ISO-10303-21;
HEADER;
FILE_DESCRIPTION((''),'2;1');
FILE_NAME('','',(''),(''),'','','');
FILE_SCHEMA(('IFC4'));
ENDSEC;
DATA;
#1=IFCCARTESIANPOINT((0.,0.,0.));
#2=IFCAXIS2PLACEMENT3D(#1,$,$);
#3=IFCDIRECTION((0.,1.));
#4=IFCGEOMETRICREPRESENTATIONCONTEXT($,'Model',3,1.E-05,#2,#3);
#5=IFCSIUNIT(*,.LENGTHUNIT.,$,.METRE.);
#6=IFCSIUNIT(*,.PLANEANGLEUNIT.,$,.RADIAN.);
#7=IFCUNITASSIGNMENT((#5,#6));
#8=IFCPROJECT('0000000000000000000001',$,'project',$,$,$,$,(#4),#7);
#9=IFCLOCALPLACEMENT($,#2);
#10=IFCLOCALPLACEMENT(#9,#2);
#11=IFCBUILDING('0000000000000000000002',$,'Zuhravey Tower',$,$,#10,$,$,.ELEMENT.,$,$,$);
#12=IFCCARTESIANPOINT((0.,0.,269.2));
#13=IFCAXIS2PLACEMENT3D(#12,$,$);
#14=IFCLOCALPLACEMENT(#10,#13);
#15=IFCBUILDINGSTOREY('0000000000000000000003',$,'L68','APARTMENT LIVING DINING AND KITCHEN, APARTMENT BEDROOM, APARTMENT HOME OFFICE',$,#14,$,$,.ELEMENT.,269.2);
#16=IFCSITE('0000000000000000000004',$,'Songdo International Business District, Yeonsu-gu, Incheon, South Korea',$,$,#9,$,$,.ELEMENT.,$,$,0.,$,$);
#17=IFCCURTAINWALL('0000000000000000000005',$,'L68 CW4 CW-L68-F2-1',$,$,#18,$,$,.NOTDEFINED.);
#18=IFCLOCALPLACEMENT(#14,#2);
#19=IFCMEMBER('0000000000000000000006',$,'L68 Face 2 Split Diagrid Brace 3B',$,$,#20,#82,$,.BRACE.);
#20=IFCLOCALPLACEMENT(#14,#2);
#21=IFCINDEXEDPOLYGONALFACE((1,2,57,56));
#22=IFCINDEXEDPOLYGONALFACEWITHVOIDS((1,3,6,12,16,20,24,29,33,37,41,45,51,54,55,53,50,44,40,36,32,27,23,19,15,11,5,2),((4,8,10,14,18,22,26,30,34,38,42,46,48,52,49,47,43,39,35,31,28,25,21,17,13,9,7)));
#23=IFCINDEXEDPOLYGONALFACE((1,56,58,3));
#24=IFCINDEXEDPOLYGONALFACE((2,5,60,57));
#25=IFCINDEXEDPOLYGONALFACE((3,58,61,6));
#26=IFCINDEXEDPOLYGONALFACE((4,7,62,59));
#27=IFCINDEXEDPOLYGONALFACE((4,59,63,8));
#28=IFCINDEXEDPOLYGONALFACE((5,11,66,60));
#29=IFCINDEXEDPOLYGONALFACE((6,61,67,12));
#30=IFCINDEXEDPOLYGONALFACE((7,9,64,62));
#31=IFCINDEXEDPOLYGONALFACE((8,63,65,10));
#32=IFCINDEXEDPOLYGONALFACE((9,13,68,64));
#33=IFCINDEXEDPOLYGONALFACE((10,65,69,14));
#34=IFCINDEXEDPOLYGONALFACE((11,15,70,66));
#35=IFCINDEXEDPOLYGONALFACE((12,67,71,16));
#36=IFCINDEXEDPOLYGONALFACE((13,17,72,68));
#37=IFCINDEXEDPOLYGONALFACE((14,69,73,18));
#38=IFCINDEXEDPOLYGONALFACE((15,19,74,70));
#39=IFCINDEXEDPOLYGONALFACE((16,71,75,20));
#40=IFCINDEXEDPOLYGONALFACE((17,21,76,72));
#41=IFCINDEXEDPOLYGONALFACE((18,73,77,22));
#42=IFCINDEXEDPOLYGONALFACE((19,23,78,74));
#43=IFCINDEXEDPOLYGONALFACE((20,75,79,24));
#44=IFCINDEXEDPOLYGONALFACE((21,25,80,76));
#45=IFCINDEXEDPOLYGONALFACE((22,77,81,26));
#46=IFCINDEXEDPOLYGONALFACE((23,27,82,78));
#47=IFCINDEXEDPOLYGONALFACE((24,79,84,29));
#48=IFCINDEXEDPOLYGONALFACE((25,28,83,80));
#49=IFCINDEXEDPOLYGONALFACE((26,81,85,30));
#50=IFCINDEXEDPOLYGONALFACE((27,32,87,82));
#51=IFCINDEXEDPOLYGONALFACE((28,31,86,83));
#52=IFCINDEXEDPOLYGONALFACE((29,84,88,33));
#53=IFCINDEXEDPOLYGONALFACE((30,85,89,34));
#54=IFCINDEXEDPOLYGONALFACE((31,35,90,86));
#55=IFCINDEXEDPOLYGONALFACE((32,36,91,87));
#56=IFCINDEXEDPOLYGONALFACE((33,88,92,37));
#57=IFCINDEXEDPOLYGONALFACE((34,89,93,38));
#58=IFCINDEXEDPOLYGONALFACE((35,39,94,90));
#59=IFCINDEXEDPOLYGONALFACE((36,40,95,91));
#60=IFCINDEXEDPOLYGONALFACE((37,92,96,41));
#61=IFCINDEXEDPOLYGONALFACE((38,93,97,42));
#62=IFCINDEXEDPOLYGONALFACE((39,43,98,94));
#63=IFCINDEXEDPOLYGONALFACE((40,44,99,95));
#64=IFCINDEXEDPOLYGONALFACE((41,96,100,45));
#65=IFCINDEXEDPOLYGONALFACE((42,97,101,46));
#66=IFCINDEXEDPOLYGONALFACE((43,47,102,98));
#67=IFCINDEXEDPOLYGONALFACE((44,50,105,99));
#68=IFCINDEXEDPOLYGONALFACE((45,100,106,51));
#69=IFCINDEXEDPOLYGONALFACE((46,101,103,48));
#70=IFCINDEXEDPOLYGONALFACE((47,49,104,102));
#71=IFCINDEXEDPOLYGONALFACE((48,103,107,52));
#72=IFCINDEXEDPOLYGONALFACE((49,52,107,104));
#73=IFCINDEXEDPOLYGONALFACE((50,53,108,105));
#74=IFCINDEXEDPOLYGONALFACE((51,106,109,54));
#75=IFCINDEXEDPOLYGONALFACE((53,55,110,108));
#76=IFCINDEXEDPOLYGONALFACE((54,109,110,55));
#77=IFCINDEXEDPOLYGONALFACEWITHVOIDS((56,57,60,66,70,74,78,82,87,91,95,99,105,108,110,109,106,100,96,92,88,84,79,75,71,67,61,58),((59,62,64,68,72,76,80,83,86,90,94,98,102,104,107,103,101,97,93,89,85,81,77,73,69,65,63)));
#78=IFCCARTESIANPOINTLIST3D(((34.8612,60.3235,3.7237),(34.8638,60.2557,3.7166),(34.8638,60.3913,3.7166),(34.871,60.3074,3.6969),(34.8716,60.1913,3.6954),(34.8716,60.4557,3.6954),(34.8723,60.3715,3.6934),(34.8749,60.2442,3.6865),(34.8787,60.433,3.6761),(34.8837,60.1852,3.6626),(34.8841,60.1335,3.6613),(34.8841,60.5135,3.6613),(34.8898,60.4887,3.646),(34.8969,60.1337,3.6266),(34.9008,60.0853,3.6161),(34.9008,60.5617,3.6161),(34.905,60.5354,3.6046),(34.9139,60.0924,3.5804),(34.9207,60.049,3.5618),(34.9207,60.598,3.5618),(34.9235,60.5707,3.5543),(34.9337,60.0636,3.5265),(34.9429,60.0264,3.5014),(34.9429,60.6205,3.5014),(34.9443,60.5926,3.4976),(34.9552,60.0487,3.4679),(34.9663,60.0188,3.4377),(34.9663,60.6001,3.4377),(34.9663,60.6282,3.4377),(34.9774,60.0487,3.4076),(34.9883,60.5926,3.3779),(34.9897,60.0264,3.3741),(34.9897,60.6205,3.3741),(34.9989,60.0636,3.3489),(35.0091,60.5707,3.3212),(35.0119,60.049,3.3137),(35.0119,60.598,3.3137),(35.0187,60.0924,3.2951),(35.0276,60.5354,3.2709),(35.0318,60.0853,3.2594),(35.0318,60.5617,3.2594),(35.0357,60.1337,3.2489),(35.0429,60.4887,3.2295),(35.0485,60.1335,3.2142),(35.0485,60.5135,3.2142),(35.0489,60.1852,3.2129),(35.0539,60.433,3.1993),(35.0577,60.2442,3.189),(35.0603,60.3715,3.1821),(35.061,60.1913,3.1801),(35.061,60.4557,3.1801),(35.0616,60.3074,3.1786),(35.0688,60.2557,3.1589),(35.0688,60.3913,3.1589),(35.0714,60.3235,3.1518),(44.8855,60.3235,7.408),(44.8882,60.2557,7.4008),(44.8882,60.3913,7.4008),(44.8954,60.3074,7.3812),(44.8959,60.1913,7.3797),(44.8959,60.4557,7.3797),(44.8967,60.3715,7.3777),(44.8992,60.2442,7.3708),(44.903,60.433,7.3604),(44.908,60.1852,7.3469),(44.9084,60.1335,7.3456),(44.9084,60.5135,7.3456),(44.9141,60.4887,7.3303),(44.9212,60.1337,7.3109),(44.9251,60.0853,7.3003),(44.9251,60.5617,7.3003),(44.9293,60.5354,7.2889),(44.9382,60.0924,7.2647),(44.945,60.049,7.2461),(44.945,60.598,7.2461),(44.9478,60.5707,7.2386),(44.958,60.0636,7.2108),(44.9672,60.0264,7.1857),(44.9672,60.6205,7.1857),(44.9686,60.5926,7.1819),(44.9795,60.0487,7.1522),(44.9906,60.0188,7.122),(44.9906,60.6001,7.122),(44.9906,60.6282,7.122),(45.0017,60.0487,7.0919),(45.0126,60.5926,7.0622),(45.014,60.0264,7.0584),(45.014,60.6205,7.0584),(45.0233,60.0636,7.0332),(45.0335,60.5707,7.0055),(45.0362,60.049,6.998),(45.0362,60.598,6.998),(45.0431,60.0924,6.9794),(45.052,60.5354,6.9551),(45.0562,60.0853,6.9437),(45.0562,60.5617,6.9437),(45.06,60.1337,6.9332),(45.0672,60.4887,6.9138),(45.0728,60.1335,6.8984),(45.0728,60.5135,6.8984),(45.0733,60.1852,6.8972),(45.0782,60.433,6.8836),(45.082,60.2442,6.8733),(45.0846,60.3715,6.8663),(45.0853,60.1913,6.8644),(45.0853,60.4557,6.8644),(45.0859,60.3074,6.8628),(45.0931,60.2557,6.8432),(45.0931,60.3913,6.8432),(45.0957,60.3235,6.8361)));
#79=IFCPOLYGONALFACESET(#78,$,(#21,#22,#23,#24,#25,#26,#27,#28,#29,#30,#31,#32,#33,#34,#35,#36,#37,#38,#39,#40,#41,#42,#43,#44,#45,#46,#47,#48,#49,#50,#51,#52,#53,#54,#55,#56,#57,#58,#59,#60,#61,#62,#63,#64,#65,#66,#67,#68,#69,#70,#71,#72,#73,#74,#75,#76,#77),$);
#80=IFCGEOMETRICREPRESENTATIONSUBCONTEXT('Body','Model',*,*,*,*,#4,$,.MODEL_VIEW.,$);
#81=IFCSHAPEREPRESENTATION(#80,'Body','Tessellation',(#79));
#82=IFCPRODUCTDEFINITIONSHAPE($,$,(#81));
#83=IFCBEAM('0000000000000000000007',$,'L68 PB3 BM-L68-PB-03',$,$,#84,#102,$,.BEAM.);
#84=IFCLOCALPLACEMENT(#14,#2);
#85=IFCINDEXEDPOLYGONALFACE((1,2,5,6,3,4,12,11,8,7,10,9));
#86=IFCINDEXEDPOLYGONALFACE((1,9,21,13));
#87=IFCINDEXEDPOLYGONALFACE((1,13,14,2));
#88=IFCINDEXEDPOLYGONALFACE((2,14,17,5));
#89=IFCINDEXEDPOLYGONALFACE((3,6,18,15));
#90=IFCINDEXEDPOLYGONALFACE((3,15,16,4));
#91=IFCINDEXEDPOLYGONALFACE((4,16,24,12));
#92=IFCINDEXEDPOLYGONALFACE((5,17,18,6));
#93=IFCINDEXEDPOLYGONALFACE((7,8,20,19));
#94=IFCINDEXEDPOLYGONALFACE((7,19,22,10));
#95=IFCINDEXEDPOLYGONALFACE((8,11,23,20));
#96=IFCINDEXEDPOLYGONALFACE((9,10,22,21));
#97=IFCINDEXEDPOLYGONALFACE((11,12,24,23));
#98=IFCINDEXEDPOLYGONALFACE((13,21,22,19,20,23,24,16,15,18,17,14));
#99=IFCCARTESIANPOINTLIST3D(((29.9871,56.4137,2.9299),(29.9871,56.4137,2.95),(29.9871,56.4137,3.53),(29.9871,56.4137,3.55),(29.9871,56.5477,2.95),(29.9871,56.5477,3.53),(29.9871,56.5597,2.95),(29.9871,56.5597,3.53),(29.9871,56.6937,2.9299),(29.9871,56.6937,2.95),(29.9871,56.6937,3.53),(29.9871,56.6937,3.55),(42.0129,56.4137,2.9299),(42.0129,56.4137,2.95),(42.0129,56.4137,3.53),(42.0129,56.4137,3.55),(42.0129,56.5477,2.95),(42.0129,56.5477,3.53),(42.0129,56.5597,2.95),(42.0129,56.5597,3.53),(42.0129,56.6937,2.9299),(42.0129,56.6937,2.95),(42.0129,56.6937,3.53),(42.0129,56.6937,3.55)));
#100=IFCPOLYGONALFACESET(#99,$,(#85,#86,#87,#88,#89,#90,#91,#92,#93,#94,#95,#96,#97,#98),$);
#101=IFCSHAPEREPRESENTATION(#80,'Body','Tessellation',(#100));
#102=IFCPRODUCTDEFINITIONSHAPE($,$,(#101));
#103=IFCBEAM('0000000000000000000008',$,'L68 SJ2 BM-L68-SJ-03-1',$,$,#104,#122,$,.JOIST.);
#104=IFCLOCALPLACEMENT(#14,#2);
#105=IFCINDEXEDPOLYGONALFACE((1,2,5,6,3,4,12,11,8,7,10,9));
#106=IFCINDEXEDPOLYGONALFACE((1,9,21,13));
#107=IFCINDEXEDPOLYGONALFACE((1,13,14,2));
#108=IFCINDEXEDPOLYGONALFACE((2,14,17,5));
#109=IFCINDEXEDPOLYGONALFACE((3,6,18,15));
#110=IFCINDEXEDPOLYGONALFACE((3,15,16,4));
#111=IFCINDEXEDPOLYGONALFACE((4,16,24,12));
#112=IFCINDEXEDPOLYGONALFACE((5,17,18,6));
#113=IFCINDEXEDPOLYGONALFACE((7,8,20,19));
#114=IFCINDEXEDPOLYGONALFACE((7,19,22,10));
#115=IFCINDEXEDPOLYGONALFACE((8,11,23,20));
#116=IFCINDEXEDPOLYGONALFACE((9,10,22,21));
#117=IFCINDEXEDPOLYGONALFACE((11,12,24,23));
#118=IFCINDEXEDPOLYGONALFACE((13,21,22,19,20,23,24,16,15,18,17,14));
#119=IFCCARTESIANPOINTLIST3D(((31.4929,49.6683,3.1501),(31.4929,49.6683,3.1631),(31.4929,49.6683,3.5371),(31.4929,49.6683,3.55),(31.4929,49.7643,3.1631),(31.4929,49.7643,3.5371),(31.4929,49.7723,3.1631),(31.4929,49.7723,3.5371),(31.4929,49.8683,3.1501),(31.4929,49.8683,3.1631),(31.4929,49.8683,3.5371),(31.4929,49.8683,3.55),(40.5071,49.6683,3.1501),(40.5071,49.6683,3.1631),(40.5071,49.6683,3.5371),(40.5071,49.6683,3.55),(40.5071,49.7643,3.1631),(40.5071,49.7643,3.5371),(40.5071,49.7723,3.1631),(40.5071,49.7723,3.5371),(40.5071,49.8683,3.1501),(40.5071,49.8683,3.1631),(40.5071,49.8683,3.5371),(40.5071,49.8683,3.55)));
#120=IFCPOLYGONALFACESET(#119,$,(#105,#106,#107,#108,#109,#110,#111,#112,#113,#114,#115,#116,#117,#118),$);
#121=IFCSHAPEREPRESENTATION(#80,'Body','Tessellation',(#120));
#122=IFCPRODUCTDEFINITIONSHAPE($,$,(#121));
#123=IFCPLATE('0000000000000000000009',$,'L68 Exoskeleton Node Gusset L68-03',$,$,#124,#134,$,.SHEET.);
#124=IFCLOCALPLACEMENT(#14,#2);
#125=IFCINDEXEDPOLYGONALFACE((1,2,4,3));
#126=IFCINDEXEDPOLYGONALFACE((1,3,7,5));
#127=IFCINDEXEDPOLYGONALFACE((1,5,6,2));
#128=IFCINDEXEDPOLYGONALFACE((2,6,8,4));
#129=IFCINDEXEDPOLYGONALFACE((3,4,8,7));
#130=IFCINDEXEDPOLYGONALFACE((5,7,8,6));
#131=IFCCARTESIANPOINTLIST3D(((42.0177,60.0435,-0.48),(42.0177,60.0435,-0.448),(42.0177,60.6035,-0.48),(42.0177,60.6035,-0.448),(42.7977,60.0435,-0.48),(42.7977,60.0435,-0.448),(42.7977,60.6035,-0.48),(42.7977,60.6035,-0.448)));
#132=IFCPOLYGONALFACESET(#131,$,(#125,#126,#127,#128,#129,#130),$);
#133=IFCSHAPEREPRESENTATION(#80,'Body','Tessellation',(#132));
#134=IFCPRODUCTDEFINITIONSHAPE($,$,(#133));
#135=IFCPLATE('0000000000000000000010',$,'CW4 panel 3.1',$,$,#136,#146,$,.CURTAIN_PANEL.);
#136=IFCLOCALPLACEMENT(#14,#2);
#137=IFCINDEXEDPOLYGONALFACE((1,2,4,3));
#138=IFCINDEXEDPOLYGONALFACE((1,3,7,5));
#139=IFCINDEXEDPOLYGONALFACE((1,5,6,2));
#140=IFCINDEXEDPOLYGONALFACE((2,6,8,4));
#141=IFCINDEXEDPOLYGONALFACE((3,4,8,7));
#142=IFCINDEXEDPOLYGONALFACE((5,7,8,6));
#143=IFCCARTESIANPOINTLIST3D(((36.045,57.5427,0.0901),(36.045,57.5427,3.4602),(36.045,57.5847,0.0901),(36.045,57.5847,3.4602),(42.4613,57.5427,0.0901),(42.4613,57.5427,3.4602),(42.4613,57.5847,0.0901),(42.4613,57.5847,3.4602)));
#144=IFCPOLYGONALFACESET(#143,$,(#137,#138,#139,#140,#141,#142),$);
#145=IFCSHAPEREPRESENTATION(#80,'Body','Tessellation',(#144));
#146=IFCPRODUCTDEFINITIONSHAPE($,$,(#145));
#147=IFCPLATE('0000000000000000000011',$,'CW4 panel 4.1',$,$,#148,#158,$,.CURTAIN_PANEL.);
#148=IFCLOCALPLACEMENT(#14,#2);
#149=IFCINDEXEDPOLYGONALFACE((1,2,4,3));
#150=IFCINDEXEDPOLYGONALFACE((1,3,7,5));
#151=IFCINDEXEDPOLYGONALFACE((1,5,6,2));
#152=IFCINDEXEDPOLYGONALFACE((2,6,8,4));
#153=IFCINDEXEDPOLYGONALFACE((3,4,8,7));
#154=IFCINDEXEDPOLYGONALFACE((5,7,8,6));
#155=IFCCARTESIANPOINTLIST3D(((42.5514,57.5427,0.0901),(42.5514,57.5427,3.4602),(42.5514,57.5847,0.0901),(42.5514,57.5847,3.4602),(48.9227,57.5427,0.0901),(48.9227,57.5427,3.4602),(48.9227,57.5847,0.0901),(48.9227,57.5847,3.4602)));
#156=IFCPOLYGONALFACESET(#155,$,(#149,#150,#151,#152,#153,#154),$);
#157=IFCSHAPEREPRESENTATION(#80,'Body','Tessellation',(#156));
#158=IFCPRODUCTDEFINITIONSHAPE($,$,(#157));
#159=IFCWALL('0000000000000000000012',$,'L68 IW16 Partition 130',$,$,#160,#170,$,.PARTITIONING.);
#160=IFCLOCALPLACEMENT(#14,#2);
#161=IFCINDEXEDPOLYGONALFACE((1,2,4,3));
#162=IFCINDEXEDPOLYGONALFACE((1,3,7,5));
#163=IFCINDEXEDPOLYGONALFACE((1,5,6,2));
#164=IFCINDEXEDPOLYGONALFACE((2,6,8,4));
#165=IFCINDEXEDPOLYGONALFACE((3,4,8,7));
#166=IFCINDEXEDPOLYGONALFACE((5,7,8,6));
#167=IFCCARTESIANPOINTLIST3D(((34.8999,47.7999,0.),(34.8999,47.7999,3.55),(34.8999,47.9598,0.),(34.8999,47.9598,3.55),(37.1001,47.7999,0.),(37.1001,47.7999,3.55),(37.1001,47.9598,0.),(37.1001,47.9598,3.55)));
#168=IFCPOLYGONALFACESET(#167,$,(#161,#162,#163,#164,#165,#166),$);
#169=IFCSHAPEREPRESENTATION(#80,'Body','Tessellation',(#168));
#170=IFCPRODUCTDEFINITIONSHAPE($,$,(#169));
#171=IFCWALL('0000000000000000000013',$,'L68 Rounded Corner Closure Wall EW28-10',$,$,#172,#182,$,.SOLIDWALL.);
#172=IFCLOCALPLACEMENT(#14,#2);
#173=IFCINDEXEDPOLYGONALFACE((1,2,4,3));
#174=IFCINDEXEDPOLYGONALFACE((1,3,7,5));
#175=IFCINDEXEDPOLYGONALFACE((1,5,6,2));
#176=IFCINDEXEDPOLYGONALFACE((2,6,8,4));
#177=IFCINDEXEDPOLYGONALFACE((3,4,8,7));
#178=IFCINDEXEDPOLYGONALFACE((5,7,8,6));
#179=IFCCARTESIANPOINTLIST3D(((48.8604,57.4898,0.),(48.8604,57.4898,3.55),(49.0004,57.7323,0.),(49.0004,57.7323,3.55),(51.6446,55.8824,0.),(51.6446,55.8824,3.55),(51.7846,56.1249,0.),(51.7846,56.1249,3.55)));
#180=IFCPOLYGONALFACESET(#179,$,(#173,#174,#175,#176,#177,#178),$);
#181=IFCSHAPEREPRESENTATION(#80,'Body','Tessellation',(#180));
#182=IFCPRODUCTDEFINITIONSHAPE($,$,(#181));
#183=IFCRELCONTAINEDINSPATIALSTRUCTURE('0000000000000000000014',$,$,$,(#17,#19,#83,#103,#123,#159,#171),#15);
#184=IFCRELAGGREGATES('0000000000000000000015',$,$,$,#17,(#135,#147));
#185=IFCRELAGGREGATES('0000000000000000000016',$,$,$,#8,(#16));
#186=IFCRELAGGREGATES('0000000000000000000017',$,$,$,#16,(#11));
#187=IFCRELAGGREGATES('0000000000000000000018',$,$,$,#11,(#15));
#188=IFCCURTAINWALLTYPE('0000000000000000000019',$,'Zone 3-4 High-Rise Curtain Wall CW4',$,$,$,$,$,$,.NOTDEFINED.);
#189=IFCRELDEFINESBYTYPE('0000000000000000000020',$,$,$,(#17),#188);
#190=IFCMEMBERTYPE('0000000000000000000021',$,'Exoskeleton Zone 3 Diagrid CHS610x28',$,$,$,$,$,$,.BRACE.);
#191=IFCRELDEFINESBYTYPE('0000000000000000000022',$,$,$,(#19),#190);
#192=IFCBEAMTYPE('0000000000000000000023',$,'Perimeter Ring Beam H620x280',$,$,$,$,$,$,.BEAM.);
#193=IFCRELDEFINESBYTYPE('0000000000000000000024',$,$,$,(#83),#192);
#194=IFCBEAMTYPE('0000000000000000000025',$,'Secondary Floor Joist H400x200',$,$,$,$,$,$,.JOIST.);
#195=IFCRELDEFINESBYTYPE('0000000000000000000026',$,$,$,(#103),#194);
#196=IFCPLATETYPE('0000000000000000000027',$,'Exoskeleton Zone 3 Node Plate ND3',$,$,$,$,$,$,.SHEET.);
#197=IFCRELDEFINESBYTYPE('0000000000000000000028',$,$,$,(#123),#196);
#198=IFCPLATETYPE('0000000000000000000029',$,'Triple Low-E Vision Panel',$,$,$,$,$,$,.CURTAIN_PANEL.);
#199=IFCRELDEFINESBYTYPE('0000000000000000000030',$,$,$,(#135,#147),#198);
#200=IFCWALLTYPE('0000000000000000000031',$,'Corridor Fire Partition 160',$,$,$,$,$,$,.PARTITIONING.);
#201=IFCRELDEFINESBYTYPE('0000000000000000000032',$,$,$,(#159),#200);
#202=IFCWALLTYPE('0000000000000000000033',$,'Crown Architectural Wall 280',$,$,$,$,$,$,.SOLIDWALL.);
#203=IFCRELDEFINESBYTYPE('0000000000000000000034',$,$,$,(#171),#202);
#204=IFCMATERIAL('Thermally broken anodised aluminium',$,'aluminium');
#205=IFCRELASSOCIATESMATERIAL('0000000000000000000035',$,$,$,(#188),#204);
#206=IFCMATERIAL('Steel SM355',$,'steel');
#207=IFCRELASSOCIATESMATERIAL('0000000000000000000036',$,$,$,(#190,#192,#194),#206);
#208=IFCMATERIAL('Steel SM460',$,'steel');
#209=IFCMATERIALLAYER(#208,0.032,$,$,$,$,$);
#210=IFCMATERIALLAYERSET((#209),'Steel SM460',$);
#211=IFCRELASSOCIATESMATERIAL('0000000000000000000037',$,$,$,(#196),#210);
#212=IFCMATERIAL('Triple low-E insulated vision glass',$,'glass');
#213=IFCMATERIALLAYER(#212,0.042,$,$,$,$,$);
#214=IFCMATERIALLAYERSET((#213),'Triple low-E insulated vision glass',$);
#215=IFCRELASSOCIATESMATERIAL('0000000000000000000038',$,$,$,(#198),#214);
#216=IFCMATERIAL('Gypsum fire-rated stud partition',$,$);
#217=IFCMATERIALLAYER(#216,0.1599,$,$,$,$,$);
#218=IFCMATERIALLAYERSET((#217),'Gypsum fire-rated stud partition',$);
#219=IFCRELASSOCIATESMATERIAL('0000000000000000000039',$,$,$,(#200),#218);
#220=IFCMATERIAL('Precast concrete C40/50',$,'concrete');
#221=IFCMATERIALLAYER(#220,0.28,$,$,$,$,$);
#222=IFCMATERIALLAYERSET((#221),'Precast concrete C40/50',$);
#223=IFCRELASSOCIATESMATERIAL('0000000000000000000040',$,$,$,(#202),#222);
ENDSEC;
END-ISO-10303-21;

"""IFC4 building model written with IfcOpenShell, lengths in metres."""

from ifc_helpers import new_model, si_unit, direction, frame, frame_2d, origin, origin_2d, place, context, subcontext, project, spatial, rectangle, hollow_circle, i_section, extrude, material, layer, layer_set, material_profile, profile_set, type_object, element, aggregate, save


model = new_model("IFC4")

# Units and contexts
model_context = context("Model", 3, precision=1e-05, world=origin(), true_north=direction((0.0, 1.0)))
body_context = subcontext(model_context, "Body", "Model", "MODEL_VIEW")
ifc_project = project(units=[si_unit("LENGTHUNIT", "METRE"), si_unit("PLANEANGLEUNIT", "RADIAN")], contexts=[model_context])

# Site, building, storey
site_placement = place(None, origin())
site = spatial("IfcSite", under=ifc_project, at=site_placement, Name="Songdo International Business District, Yeonsu-gu, Incheon, South Korea", CompositionType="ELEMENT", RefElevation=0.0)
building_placement = place(site_placement, origin())
building = spatial("IfcBuilding", under=site, at=building_placement, Name="Zuhravey Tower", CompositionType="ELEMENT")
storey_placement = place(building_placement, frame((0.0, 0.0, 269.2)))
storey = spatial("IfcBuildingStorey", under=building, at=storey_placement, Name="L68", Description="APARTMENT LIVING DINING AND KITCHEN, APARTMENT BEDROOM, APARTMENT HOME OFFICE", CompositionType="ELEMENT", Elevation=269.2)

# Curtain wall
ifc_material_1 = material(Name="Thermally broken anodised aluminium", Category="aluminium")
curtain_wall_type = type_object("IfcCurtainWallType", Name="Zone 3-4 High-Rise Curtain Wall CW4", PredefinedType="NOTDEFINED", material=ifc_material_1)
curtain_wall_placement = place(storey_placement, origin())
curtain_wall = element("IfcCurtainWall", 1, at=curtain_wall_placement, inside=storey, type_object=curtain_wall_type, Name="L68 CW4 CW-L68-F2-1", PredefinedType="NOTDEFINED")

# Member
ifc_material_2 = material(Name="Steel SM355", Category="steel")
ifc_material_profile_1 = material_profile(ifc_material_2, hollow_circle(Radius=0.3047, WallThickness=0.0281, at=origin_2d()), Name="CHS-609.6x28")
ifc_profile_set_1 = profile_set([ifc_material_profile_1], Name="Steel SM355")
member_type_1 = type_object("IfcMemberType", Name="Exoskeleton Zone 3 Diagrid CHS610x28", PredefinedType="BRACE", material=ifc_profile_set_1)
member_1_placement = place(storey_placement, frame((34.9663, 60.3235, 3.4377), z_axis=(0.938613, 0.0, 0.344973), x_axis=(0.0, 1.0, 0.0)))
element("IfcMember", 2, at=member_1_placement, inside=storey, type_object=member_type_1, Name="L68 Face 2 Split Diagrid Brace 3B", PredefinedType="BRACE", context=body_context, shape_type="SweptSolid", body=[
    extrude(hollow_circle(Radius=0.3047, WallThickness=0.0281, at=origin_2d()), origin(), (0.0, 0.0, 1.0), 10.6799),
])

# Beams
ifc_material_profile_2 = material_profile(ifc_material_2, i_section(OverallWidth=0.28, OverallDepth=0.6201, WebThickness=0.012, FlangeThickness=0.02, at=origin_2d()), Name="H-620x280x12x20")
ifc_profile_set_2 = profile_set([ifc_material_profile_2], Name="Steel SM355")
beam_type_1 = type_object("IfcBeamType", Name="Perimeter Ring Beam H620x280", PredefinedType="BEAM", material=ifc_profile_set_2)
beam_1_placement = place(storey_placement, frame((42.0129, 56.5537, 3.24), z_axis=(-1.0, 0.0, 0.0), x_axis=(0.0, -1.0, 0.0)))
element("IfcBeam", 3, at=beam_1_placement, inside=storey, type_object=beam_type_1, Name="L68 PB3 BM-L68-PB-03", PredefinedType="BEAM", context=body_context, shape_type="SweptSolid", body=[
    extrude(i_section(OverallWidth=0.28, OverallDepth=0.6201, WebThickness=0.012, FlangeThickness=0.02, at=origin_2d()), origin(), (0.0, 0.0, 1.0), 12.0259),
])
ifc_material_profile_3 = material_profile(ifc_material_2, i_section(OverallWidth=0.2, OverallDepth=0.3999, WebThickness=0.0081, FlangeThickness=0.0129, at=origin_2d()), Name="H-400x200x8x13")
ifc_profile_set_3 = profile_set([ifc_material_profile_3], Name="Steel SM355")
beam_type_2 = type_object("IfcBeamType", Name="Secondary Floor Joist H400x200", PredefinedType="JOIST", material=ifc_profile_set_3)
beam_2_placement = place(storey_placement, frame((40.5071, 49.7683, 3.3501), z_axis=(-1.0, 0.0, 0.0), x_axis=(0.0, -1.0, 0.0)))
element("IfcBeam", 4, at=beam_2_placement, inside=storey, type_object=beam_type_2, Name="L68 SJ2 BM-L68-SJ-03-1", PredefinedType="JOIST", context=body_context, shape_type="SweptSolid", body=[
    extrude(i_section(OverallWidth=0.2, OverallDepth=0.3999, WebThickness=0.0081, FlangeThickness=0.0129, at=origin_2d()), origin(), (0.0, 0.0, 1.0), 9.0142),
])

# Plates
ifc_material_3 = material(Name="Steel SM460", Category="steel")
ifc_layer_1 = layer(ifc_material_3, 0.032)
ifc_layer_set_1 = layer_set([ifc_layer_1], Name="Steel SM460")
plate_type_1 = type_object("IfcPlateType", Name="Exoskeleton Zone 3 Node Plate ND3", PredefinedType="SHEET", material=ifc_layer_set_1)
plate_1_placement = place(storey_placement, frame((42.4077, 60.3235, -0.48), z_axis=(0.0, 0.0, 1.0), x_axis=(-1.0, 0.0, 0.0)))
element("IfcPlate", 5, at=plate_1_placement, inside=storey, type_object=plate_type_1, Name="L68 Exoskeleton Node Gusset L68-03", PredefinedType="SHEET", context=body_context, shape_type="SweptSolid", body=[
    extrude(rectangle(XDim=0.78, YDim=0.5601, at=origin_2d()), origin(), (0.0, 0.0, 1.0), 0.032),
])
ifc_material_4 = material(Name="Triple low-E insulated vision glass", Category="glass")
ifc_layer_2 = layer(ifc_material_4, 0.042)
ifc_layer_set_2 = layer_set([ifc_layer_2], Name="Triple low-E insulated vision glass")
plate_type_2 = type_object("IfcPlateType", Name="Triple Low-E Vision Panel", PredefinedType="CURTAIN_PANEL", material=ifc_layer_set_2)
plate_2_placement = place(storey_placement, frame((39.2532, 57.5637, 0.0901), z_axis=(0.0, 0.0, 1.0), x_axis=(1.0, 0.0, 0.0)))
plate_2 = element("IfcPlate", 6, at=plate_2_placement, type_object=plate_type_2, Name="CW4 panel 3.1", PredefinedType="CURTAIN_PANEL", context=body_context, shape_type="SweptSolid", body=[
    extrude(rectangle(XDim=6.4163, YDim=0.042, at=origin_2d()), origin(), (0.0, 0.0, 1.0), 3.3701),
])
plate_3_placement = place(storey_placement, frame((45.7371, 57.5637, 0.0901), z_axis=(0.0, 0.0, 1.0), x_axis=(1.0, 0.0, 0.0)))
plate_3 = element("IfcPlate", 7, at=plate_3_placement, type_object=plate_type_2, Name="CW4 panel 4.1", PredefinedType="CURTAIN_PANEL", context=body_context, shape_type="SweptSolid", body=[
    extrude(rectangle(XDim=6.3713, YDim=0.042, at=origin_2d()), origin(), (0.0, 0.0, 1.0), 3.3701),
])
aggregate(curtain_wall, [plate_2, plate_3])

# Walls
ifc_material_5 = material(Name="Gypsum fire-rated stud partition")
ifc_layer_3 = layer(ifc_material_5, 0.1599)
ifc_layer_set_3 = layer_set([ifc_layer_3], Name="Gypsum fire-rated stud partition")
wall_type_1 = type_object("IfcWallType", Name="Corridor Fire Partition 160", PredefinedType="PARTITIONING", material=ifc_layer_set_3)
wall_1_placement = place(storey_placement, frame((37.1001, 47.8799, 0.0), z_axis=(0.0, 0.0, 1.0), x_axis=(-1.0, 0.0, 0.0)))
element("IfcWall", 8, at=wall_1_placement, inside=storey, type_object=wall_type_1, Name="L68 IW16 Partition 130", PredefinedType="PARTITIONING", context=body_context, shape_type="SweptSolid", body=[
    extrude(rectangle(XDim=2.2002, YDim=0.1599, at=frame_2d((1.1001, 0.0))), origin(), (0.0, 0.0, 1.0), 3.55),
])
ifc_material_6 = material(Name="Precast concrete C40/50", Category="concrete")
ifc_layer_4 = layer(ifc_material_6, 0.28)
ifc_layer_set_4 = layer_set([ifc_layer_4], Name="Precast concrete C40/50")
wall_type_2 = type_object("IfcWallType", Name="Crown Architectural Wall 280", PredefinedType="SOLIDWALL", material=ifc_layer_set_4)
wall_2_placement = place(storey_placement, frame((48.9304, 57.6111, 0.0), z_axis=(0.0, 0.0, 1.0), x_axis=(0.866029, -0.499994, 0.0)))
element("IfcWall", 9, at=wall_2_placement, inside=storey, type_object=wall_type_2, Name="L68 Rounded Corner Closure Wall EW28-10", PredefinedType="SOLIDWALL", context=body_context, shape_type="SweptSolid", body=[
    extrude(rectangle(XDim=3.2148, YDim=0.28, at=frame_2d((1.6074, 0.0))), origin(), (0.0, 0.0, 1.0), 3.55),
])

save(model, "model.ifc")
